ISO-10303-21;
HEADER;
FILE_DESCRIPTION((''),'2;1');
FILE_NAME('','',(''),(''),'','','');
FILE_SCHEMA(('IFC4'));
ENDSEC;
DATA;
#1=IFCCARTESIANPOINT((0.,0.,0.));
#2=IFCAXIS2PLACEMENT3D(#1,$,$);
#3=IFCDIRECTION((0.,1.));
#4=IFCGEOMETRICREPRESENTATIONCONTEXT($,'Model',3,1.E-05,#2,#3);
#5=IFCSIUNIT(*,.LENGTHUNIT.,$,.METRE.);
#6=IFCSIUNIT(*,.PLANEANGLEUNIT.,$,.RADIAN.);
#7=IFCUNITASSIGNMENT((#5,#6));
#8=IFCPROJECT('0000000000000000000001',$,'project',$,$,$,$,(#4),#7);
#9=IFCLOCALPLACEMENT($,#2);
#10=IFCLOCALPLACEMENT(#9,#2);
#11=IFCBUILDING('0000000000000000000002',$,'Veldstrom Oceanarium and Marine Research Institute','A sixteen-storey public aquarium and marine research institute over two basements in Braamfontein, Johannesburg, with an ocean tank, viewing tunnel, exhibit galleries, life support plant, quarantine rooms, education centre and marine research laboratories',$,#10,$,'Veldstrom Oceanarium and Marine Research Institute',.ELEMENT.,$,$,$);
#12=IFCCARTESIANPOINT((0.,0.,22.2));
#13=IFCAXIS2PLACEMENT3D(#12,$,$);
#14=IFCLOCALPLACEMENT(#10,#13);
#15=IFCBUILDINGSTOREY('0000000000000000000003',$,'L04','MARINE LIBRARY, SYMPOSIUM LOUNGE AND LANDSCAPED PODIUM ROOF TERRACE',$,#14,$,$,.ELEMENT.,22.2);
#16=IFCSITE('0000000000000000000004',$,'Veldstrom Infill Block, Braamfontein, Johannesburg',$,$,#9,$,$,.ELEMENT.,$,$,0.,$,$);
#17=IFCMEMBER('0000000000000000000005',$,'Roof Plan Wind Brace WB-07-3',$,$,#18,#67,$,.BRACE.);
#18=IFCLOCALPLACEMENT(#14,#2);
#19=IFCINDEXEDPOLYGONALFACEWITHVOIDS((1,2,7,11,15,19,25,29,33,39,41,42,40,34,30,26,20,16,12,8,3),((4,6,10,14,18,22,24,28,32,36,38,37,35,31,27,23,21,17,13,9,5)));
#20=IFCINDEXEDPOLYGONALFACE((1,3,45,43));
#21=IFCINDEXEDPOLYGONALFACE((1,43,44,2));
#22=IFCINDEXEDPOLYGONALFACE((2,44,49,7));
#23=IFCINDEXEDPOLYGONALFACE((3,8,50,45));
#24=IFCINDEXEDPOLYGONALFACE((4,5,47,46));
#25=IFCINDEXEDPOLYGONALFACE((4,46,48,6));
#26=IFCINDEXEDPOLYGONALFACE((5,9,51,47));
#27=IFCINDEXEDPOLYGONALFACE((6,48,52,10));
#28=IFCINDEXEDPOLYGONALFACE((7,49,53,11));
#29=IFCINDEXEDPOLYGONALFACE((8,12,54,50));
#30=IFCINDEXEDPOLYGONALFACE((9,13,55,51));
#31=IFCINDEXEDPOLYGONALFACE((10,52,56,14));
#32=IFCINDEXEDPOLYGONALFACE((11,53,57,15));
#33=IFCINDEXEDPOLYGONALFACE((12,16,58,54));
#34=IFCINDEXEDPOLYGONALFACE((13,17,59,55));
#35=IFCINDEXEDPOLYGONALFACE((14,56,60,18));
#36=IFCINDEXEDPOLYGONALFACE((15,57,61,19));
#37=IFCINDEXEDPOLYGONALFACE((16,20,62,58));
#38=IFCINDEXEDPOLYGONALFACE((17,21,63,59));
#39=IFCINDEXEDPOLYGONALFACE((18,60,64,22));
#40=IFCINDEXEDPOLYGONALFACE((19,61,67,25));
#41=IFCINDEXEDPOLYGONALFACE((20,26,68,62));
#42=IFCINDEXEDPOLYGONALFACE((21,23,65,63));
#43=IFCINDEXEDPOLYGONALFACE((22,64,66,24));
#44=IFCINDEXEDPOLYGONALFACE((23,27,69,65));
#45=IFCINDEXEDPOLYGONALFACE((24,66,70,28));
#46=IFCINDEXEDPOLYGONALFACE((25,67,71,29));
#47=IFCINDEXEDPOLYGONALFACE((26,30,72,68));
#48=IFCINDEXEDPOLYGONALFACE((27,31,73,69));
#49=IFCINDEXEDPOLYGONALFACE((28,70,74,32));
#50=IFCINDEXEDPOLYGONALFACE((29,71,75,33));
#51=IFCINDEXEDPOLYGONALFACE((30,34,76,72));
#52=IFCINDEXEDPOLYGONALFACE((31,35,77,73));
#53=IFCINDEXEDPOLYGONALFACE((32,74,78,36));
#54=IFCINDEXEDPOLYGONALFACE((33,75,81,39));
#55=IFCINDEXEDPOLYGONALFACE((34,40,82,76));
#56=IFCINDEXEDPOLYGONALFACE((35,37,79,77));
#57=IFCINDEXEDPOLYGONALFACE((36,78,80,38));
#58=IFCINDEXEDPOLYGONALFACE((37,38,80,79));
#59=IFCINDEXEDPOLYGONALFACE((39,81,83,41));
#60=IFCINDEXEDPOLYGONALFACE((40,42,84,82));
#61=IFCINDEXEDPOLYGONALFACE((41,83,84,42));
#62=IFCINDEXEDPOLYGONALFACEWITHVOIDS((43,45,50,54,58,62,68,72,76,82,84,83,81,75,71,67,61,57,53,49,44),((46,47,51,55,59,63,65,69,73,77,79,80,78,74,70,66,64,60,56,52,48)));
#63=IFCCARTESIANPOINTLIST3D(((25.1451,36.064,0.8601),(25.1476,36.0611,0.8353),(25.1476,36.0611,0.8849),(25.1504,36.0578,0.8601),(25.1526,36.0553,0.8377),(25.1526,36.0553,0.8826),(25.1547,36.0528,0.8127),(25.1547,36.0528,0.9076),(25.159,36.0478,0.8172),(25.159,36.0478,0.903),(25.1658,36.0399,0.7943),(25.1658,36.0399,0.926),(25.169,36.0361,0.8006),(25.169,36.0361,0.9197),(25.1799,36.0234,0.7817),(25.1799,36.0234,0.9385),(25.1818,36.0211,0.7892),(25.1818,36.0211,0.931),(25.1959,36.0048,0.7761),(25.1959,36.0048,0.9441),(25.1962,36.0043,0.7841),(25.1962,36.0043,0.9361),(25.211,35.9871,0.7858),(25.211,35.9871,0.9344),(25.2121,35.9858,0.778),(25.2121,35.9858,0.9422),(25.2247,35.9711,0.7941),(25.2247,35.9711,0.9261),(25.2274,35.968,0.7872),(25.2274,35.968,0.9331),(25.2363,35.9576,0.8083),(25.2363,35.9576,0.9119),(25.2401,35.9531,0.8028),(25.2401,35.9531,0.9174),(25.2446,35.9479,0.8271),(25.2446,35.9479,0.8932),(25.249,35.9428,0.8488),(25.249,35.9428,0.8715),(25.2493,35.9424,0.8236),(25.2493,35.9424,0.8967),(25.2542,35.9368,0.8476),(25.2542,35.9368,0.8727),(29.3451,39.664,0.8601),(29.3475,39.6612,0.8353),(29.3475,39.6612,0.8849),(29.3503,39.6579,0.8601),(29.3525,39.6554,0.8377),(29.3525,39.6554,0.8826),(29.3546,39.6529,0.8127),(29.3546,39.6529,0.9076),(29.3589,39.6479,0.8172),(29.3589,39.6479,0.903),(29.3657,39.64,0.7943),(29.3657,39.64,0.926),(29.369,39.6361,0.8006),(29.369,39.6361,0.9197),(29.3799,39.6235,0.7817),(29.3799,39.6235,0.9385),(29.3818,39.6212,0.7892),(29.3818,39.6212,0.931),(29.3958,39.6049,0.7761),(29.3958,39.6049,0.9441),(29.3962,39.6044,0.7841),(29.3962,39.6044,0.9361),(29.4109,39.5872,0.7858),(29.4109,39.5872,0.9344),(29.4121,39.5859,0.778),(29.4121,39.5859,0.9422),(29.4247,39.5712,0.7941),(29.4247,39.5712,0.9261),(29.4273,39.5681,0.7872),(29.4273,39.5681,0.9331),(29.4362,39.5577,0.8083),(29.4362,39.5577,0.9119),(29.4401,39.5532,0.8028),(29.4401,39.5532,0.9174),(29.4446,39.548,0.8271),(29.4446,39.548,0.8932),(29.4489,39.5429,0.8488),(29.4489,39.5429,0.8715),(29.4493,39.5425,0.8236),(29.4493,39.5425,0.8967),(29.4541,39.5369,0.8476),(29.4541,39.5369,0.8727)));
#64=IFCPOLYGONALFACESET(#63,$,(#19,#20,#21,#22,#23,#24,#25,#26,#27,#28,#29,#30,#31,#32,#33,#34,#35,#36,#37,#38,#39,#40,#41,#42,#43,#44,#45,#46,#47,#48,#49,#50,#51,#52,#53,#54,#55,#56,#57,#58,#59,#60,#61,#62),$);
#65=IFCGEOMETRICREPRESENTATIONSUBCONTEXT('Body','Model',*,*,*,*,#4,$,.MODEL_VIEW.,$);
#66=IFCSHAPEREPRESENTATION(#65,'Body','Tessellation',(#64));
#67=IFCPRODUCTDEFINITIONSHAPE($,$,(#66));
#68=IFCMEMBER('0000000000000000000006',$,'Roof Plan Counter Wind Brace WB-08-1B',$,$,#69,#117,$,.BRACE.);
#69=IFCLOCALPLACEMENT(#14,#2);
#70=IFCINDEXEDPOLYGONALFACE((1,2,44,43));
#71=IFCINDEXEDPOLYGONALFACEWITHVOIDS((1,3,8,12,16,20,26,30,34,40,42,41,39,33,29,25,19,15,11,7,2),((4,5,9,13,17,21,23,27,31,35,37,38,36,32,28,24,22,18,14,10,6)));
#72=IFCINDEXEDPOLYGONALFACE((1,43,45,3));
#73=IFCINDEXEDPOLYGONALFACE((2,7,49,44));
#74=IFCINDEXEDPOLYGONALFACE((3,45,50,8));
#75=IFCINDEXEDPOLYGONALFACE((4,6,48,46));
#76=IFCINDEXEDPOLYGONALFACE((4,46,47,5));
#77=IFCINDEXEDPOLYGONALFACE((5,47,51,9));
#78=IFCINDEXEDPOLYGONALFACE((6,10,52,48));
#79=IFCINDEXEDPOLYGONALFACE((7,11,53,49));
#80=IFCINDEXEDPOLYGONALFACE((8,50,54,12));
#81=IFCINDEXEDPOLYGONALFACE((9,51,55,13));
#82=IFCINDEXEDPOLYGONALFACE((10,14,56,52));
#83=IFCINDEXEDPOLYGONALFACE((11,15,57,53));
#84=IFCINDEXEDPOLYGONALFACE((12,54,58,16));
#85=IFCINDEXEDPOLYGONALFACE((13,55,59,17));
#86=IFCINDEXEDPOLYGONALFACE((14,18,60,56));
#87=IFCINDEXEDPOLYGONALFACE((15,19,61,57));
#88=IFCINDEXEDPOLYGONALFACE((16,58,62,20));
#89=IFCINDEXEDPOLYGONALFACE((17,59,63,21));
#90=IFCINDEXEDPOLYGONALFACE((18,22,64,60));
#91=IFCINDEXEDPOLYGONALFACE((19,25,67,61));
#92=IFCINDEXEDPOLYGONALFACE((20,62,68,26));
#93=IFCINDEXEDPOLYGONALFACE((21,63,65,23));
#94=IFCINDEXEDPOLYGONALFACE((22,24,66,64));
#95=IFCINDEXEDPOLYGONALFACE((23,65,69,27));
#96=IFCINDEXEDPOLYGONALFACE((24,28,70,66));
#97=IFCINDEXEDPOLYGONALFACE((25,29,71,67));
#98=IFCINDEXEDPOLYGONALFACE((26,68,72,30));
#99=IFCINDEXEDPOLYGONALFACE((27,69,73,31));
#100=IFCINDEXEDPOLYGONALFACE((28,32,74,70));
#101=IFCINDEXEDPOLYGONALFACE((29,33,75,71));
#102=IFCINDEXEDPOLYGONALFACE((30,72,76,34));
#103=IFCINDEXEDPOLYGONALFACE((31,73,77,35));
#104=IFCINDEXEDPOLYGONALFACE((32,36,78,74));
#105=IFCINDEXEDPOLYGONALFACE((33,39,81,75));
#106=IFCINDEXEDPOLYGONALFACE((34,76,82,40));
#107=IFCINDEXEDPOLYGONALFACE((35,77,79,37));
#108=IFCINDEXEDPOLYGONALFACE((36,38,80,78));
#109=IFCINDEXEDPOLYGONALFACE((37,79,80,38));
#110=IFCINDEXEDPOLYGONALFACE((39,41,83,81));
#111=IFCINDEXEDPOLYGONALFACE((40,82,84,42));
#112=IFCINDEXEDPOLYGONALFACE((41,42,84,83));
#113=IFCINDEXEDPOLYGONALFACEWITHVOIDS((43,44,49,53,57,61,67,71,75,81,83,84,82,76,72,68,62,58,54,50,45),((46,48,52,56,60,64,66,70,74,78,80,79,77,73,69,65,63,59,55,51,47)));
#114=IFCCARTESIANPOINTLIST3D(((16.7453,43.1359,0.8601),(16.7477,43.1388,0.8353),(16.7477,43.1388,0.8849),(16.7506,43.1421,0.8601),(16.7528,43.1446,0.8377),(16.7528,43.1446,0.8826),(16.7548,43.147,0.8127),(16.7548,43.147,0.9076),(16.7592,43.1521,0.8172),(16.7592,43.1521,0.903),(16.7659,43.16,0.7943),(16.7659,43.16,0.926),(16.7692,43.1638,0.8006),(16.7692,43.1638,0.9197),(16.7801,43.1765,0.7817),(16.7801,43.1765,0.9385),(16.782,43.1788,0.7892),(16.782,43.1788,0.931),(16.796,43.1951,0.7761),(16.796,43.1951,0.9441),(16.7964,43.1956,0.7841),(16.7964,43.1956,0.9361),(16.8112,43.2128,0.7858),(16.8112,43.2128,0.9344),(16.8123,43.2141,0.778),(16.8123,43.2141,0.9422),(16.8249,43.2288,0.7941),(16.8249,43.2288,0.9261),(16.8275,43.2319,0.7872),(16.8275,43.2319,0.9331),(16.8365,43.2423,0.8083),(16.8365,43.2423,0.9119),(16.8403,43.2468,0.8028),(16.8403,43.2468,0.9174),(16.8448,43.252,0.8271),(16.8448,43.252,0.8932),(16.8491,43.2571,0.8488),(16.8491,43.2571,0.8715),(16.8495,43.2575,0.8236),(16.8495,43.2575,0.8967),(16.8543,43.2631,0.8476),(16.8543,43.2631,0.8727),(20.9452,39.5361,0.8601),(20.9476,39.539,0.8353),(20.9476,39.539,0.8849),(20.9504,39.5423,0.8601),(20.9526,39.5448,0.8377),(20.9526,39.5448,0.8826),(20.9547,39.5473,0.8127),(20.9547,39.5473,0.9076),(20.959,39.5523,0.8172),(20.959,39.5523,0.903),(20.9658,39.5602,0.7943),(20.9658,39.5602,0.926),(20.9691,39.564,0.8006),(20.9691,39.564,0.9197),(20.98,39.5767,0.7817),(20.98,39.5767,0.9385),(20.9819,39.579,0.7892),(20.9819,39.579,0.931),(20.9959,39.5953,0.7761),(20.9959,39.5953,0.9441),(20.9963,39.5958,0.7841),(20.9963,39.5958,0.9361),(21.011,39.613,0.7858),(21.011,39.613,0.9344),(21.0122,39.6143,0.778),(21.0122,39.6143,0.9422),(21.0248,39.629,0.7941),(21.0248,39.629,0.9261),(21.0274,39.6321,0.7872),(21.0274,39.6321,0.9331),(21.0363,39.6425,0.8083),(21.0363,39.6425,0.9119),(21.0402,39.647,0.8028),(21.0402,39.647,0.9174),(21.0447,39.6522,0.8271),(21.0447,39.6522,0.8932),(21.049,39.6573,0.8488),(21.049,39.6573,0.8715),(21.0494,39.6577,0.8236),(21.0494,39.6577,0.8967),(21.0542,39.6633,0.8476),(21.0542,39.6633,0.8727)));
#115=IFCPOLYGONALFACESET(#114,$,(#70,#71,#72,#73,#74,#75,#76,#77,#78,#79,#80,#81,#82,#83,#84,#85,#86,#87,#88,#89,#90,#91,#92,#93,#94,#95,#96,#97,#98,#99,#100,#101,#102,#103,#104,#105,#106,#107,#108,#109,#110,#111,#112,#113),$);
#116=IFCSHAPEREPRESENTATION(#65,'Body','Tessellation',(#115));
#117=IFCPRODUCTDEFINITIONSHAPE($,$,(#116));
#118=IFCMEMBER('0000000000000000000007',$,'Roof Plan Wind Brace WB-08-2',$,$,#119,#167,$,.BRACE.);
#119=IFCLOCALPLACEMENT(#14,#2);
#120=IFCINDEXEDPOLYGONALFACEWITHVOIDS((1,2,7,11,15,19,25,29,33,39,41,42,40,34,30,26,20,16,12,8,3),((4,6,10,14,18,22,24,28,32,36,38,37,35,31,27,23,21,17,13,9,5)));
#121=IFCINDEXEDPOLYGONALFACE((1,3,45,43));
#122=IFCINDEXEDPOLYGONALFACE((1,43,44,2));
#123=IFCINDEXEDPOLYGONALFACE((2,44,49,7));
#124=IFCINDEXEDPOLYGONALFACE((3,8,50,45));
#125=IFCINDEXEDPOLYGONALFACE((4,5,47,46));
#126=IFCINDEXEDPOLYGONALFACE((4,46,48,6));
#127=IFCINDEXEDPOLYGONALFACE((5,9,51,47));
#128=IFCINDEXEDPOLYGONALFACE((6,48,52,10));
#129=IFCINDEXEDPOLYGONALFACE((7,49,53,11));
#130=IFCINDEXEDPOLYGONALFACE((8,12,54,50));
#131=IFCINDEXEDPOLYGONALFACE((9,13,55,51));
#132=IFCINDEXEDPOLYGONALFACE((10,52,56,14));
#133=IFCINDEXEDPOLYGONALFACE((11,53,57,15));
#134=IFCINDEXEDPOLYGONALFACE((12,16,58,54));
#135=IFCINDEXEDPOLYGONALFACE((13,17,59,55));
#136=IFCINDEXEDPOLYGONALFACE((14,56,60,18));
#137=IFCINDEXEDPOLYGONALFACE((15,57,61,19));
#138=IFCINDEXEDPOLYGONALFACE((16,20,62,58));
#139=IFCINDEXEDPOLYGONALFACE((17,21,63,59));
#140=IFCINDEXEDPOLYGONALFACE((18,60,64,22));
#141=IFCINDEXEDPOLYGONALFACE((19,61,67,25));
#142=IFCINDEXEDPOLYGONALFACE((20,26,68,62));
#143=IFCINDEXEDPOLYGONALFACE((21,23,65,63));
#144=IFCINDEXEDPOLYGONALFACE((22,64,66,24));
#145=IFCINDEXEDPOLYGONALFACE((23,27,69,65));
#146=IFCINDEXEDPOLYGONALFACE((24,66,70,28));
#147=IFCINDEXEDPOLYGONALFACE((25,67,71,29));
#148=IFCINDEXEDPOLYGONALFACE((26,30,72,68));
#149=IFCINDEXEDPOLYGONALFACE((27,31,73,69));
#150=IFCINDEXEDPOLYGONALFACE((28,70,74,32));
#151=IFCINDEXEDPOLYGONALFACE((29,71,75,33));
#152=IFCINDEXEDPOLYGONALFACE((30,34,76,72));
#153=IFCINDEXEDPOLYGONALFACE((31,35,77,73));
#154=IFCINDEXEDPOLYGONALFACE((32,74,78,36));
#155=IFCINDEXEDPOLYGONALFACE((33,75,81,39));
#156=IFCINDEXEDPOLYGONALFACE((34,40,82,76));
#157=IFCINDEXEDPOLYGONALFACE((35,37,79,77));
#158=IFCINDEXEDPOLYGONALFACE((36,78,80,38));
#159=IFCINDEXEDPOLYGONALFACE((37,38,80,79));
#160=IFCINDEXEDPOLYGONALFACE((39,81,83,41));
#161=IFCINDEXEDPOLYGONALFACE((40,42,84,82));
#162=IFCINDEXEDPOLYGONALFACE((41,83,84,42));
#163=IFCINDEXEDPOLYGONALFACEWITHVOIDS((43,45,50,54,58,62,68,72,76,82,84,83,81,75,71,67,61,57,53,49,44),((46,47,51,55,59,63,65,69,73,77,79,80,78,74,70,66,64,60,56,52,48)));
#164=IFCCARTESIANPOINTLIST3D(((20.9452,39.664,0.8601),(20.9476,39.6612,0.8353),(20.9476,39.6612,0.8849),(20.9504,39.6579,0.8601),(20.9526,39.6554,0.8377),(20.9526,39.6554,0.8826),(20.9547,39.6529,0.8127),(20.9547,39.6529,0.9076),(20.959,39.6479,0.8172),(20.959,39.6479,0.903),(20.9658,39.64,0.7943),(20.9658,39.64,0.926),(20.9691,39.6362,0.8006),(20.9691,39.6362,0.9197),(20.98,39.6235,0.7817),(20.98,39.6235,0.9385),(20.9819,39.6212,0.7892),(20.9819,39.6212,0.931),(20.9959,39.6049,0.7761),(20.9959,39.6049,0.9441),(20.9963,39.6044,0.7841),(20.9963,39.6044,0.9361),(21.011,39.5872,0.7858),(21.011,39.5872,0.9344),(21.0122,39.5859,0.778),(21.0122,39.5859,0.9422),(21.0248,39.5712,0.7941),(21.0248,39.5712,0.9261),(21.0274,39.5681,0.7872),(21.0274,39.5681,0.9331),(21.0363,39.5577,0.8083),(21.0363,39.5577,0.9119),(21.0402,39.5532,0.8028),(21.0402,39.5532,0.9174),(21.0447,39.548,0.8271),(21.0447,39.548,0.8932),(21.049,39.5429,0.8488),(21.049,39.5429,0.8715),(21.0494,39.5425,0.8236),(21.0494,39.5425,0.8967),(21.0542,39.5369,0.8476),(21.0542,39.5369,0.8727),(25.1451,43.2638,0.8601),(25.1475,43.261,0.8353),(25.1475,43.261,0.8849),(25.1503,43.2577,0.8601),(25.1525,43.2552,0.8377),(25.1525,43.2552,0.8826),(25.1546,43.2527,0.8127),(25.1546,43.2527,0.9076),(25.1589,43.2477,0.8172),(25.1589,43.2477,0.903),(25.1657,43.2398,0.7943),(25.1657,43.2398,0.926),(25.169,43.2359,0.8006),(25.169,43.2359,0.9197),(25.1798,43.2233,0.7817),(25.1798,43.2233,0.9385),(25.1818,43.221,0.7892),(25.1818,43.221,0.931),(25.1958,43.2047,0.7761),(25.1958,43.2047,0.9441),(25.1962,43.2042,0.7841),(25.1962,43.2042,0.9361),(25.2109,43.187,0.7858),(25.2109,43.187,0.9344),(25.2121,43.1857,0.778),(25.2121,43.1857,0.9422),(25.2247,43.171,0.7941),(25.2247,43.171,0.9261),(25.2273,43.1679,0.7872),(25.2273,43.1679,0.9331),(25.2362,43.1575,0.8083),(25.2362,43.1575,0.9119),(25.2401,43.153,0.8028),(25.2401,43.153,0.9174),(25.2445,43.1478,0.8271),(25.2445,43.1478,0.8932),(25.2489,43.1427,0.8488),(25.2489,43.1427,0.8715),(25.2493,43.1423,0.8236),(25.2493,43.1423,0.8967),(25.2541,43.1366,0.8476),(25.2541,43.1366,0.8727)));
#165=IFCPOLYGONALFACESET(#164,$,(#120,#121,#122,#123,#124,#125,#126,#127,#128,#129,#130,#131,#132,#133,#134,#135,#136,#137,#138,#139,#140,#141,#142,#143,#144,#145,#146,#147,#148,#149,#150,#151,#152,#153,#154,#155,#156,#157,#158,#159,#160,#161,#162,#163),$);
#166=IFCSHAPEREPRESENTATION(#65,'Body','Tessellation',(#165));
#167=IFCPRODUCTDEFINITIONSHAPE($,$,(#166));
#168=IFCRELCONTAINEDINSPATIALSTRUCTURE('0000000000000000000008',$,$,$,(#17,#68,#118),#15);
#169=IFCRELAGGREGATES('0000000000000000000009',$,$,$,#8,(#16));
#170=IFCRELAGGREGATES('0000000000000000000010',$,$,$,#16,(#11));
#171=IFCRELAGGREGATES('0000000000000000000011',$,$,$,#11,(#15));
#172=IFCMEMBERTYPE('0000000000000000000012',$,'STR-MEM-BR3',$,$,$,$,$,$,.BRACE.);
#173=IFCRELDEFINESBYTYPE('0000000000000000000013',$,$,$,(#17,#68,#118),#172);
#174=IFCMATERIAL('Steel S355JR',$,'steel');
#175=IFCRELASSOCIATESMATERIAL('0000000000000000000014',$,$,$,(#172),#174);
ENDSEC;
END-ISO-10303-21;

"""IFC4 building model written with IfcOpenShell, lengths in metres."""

from ifc_helpers import new_model, si_unit, direction, frame, origin, origin_2d, place, context, subcontext, project, spatial, hollow_circle, extrude, material, material_profile, profile_set, type_object, element, save


model = new_model("IFC4")

# Units and contexts
model_context = context("Model", 3, precision=1e-05, world=origin(), true_north=direction((0.0, 1.0)))
body_context = subcontext(model_context, "Body", "Model", "MODEL_VIEW")
ifc_project = project(units=[si_unit("LENGTHUNIT", "METRE"), si_unit("PLANEANGLEUNIT", "RADIAN")], contexts=[model_context])

# Site, building, storey
site_placement = place(None, origin())
site = spatial("IfcSite", under=ifc_project, at=site_placement, Name="Veldstrom Infill Block, Braamfontein, Johannesburg", CompositionType="ELEMENT", RefElevation=0.0)
building_placement = place(site_placement, origin())
building = spatial("IfcBuilding", under=site, at=building_placement, Name="Veldstrom Oceanarium and Marine Research Institute", Description="A sixteen-storey public aquarium and marine research institute over two basements in Braamfontein, Johannesburg, with an ocean tank, viewing tunnel, exhibit galleries, life support plant, quarantine rooms, education centre and marine research laboratories", LongName="Veldstrom Oceanarium and Marine Research Institute", CompositionType="ELEMENT")
storey_placement = place(building_placement, frame((0.0, 0.0, 22.2)))
storey = spatial("IfcBuildingStorey", under=building, at=storey_placement, Name="L04", Description="MARINE LIBRARY, SYMPOSIUM LOUNGE AND LANDSCAPED PODIUM ROOF TERRACE", CompositionType="ELEMENT", Elevation=22.2)

# Members
ifc_material_1 = material(Name="Steel S355JR", Category="steel")
ifc_material_profile_1 = material_profile(ifc_material_1, hollow_circle(Radius=0.0842, WallThickness=0.0081, at=origin_2d()), Name="CHS 168.3x8")
ifc_profile_set_1 = profile_set([ifc_material_profile_1], Name="Steel S355JR")
member_type_1 = type_object("IfcMemberType", Name="STR-MEM-BR3", PredefinedType="BRACE", material=ifc_profile_set_1)
for number, where, z_axis, x_axis, name in (
    (1, (25.2, 36.0, 0.8601), (0.759244, 0.650806, 0.0), (-0.650806, 0.759244, 0.0), "Roof Plan Wind Brace WB-07-3"),
):
    element("IfcMember", number, at=place(storey_placement, frame(where, z_axis=z_axis, x_axis=x_axis)), inside=storey, type_object=member_type_1, Name=name, PredefinedType="BRACE", context=body_context, shape_type="SweptSolid", body=[
        extrude(hollow_circle(Radius=0.0842, WallThickness=0.0081, at=origin_2d()), origin(), (0.0, 0.0, 1.0), 5.5317),
    ])
for number, where, z_axis, x_axis, name in (
    (2, (21.0, 39.6001, 0.8601), (-0.759266, 0.65078, 0.0), (-0.65078, -0.759266, 0.0), "Roof Plan Counter Wind Brace WB-08-1B"),
    (3, (21.0, 39.6001, 0.8601), (0.759266, 0.65078, 0.0), (-0.65078, 0.759266, 0.0), "Roof Plan Wind Brace WB-08-2"),
):
    element("IfcMember", number, at=place(storey_placement, frame(where, z_axis=z_axis, x_axis=x_axis)), inside=storey, type_object=member_type_1, Name=name, PredefinedType="BRACE", context=body_context, shape_type="SweptSolid", body=[
        extrude(hollow_circle(Radius=0.0842, WallThickness=0.0081, at=origin_2d()), origin(), (0.0, 0.0, 1.0), 5.5315),
    ])

save(model, "model.ifc")
